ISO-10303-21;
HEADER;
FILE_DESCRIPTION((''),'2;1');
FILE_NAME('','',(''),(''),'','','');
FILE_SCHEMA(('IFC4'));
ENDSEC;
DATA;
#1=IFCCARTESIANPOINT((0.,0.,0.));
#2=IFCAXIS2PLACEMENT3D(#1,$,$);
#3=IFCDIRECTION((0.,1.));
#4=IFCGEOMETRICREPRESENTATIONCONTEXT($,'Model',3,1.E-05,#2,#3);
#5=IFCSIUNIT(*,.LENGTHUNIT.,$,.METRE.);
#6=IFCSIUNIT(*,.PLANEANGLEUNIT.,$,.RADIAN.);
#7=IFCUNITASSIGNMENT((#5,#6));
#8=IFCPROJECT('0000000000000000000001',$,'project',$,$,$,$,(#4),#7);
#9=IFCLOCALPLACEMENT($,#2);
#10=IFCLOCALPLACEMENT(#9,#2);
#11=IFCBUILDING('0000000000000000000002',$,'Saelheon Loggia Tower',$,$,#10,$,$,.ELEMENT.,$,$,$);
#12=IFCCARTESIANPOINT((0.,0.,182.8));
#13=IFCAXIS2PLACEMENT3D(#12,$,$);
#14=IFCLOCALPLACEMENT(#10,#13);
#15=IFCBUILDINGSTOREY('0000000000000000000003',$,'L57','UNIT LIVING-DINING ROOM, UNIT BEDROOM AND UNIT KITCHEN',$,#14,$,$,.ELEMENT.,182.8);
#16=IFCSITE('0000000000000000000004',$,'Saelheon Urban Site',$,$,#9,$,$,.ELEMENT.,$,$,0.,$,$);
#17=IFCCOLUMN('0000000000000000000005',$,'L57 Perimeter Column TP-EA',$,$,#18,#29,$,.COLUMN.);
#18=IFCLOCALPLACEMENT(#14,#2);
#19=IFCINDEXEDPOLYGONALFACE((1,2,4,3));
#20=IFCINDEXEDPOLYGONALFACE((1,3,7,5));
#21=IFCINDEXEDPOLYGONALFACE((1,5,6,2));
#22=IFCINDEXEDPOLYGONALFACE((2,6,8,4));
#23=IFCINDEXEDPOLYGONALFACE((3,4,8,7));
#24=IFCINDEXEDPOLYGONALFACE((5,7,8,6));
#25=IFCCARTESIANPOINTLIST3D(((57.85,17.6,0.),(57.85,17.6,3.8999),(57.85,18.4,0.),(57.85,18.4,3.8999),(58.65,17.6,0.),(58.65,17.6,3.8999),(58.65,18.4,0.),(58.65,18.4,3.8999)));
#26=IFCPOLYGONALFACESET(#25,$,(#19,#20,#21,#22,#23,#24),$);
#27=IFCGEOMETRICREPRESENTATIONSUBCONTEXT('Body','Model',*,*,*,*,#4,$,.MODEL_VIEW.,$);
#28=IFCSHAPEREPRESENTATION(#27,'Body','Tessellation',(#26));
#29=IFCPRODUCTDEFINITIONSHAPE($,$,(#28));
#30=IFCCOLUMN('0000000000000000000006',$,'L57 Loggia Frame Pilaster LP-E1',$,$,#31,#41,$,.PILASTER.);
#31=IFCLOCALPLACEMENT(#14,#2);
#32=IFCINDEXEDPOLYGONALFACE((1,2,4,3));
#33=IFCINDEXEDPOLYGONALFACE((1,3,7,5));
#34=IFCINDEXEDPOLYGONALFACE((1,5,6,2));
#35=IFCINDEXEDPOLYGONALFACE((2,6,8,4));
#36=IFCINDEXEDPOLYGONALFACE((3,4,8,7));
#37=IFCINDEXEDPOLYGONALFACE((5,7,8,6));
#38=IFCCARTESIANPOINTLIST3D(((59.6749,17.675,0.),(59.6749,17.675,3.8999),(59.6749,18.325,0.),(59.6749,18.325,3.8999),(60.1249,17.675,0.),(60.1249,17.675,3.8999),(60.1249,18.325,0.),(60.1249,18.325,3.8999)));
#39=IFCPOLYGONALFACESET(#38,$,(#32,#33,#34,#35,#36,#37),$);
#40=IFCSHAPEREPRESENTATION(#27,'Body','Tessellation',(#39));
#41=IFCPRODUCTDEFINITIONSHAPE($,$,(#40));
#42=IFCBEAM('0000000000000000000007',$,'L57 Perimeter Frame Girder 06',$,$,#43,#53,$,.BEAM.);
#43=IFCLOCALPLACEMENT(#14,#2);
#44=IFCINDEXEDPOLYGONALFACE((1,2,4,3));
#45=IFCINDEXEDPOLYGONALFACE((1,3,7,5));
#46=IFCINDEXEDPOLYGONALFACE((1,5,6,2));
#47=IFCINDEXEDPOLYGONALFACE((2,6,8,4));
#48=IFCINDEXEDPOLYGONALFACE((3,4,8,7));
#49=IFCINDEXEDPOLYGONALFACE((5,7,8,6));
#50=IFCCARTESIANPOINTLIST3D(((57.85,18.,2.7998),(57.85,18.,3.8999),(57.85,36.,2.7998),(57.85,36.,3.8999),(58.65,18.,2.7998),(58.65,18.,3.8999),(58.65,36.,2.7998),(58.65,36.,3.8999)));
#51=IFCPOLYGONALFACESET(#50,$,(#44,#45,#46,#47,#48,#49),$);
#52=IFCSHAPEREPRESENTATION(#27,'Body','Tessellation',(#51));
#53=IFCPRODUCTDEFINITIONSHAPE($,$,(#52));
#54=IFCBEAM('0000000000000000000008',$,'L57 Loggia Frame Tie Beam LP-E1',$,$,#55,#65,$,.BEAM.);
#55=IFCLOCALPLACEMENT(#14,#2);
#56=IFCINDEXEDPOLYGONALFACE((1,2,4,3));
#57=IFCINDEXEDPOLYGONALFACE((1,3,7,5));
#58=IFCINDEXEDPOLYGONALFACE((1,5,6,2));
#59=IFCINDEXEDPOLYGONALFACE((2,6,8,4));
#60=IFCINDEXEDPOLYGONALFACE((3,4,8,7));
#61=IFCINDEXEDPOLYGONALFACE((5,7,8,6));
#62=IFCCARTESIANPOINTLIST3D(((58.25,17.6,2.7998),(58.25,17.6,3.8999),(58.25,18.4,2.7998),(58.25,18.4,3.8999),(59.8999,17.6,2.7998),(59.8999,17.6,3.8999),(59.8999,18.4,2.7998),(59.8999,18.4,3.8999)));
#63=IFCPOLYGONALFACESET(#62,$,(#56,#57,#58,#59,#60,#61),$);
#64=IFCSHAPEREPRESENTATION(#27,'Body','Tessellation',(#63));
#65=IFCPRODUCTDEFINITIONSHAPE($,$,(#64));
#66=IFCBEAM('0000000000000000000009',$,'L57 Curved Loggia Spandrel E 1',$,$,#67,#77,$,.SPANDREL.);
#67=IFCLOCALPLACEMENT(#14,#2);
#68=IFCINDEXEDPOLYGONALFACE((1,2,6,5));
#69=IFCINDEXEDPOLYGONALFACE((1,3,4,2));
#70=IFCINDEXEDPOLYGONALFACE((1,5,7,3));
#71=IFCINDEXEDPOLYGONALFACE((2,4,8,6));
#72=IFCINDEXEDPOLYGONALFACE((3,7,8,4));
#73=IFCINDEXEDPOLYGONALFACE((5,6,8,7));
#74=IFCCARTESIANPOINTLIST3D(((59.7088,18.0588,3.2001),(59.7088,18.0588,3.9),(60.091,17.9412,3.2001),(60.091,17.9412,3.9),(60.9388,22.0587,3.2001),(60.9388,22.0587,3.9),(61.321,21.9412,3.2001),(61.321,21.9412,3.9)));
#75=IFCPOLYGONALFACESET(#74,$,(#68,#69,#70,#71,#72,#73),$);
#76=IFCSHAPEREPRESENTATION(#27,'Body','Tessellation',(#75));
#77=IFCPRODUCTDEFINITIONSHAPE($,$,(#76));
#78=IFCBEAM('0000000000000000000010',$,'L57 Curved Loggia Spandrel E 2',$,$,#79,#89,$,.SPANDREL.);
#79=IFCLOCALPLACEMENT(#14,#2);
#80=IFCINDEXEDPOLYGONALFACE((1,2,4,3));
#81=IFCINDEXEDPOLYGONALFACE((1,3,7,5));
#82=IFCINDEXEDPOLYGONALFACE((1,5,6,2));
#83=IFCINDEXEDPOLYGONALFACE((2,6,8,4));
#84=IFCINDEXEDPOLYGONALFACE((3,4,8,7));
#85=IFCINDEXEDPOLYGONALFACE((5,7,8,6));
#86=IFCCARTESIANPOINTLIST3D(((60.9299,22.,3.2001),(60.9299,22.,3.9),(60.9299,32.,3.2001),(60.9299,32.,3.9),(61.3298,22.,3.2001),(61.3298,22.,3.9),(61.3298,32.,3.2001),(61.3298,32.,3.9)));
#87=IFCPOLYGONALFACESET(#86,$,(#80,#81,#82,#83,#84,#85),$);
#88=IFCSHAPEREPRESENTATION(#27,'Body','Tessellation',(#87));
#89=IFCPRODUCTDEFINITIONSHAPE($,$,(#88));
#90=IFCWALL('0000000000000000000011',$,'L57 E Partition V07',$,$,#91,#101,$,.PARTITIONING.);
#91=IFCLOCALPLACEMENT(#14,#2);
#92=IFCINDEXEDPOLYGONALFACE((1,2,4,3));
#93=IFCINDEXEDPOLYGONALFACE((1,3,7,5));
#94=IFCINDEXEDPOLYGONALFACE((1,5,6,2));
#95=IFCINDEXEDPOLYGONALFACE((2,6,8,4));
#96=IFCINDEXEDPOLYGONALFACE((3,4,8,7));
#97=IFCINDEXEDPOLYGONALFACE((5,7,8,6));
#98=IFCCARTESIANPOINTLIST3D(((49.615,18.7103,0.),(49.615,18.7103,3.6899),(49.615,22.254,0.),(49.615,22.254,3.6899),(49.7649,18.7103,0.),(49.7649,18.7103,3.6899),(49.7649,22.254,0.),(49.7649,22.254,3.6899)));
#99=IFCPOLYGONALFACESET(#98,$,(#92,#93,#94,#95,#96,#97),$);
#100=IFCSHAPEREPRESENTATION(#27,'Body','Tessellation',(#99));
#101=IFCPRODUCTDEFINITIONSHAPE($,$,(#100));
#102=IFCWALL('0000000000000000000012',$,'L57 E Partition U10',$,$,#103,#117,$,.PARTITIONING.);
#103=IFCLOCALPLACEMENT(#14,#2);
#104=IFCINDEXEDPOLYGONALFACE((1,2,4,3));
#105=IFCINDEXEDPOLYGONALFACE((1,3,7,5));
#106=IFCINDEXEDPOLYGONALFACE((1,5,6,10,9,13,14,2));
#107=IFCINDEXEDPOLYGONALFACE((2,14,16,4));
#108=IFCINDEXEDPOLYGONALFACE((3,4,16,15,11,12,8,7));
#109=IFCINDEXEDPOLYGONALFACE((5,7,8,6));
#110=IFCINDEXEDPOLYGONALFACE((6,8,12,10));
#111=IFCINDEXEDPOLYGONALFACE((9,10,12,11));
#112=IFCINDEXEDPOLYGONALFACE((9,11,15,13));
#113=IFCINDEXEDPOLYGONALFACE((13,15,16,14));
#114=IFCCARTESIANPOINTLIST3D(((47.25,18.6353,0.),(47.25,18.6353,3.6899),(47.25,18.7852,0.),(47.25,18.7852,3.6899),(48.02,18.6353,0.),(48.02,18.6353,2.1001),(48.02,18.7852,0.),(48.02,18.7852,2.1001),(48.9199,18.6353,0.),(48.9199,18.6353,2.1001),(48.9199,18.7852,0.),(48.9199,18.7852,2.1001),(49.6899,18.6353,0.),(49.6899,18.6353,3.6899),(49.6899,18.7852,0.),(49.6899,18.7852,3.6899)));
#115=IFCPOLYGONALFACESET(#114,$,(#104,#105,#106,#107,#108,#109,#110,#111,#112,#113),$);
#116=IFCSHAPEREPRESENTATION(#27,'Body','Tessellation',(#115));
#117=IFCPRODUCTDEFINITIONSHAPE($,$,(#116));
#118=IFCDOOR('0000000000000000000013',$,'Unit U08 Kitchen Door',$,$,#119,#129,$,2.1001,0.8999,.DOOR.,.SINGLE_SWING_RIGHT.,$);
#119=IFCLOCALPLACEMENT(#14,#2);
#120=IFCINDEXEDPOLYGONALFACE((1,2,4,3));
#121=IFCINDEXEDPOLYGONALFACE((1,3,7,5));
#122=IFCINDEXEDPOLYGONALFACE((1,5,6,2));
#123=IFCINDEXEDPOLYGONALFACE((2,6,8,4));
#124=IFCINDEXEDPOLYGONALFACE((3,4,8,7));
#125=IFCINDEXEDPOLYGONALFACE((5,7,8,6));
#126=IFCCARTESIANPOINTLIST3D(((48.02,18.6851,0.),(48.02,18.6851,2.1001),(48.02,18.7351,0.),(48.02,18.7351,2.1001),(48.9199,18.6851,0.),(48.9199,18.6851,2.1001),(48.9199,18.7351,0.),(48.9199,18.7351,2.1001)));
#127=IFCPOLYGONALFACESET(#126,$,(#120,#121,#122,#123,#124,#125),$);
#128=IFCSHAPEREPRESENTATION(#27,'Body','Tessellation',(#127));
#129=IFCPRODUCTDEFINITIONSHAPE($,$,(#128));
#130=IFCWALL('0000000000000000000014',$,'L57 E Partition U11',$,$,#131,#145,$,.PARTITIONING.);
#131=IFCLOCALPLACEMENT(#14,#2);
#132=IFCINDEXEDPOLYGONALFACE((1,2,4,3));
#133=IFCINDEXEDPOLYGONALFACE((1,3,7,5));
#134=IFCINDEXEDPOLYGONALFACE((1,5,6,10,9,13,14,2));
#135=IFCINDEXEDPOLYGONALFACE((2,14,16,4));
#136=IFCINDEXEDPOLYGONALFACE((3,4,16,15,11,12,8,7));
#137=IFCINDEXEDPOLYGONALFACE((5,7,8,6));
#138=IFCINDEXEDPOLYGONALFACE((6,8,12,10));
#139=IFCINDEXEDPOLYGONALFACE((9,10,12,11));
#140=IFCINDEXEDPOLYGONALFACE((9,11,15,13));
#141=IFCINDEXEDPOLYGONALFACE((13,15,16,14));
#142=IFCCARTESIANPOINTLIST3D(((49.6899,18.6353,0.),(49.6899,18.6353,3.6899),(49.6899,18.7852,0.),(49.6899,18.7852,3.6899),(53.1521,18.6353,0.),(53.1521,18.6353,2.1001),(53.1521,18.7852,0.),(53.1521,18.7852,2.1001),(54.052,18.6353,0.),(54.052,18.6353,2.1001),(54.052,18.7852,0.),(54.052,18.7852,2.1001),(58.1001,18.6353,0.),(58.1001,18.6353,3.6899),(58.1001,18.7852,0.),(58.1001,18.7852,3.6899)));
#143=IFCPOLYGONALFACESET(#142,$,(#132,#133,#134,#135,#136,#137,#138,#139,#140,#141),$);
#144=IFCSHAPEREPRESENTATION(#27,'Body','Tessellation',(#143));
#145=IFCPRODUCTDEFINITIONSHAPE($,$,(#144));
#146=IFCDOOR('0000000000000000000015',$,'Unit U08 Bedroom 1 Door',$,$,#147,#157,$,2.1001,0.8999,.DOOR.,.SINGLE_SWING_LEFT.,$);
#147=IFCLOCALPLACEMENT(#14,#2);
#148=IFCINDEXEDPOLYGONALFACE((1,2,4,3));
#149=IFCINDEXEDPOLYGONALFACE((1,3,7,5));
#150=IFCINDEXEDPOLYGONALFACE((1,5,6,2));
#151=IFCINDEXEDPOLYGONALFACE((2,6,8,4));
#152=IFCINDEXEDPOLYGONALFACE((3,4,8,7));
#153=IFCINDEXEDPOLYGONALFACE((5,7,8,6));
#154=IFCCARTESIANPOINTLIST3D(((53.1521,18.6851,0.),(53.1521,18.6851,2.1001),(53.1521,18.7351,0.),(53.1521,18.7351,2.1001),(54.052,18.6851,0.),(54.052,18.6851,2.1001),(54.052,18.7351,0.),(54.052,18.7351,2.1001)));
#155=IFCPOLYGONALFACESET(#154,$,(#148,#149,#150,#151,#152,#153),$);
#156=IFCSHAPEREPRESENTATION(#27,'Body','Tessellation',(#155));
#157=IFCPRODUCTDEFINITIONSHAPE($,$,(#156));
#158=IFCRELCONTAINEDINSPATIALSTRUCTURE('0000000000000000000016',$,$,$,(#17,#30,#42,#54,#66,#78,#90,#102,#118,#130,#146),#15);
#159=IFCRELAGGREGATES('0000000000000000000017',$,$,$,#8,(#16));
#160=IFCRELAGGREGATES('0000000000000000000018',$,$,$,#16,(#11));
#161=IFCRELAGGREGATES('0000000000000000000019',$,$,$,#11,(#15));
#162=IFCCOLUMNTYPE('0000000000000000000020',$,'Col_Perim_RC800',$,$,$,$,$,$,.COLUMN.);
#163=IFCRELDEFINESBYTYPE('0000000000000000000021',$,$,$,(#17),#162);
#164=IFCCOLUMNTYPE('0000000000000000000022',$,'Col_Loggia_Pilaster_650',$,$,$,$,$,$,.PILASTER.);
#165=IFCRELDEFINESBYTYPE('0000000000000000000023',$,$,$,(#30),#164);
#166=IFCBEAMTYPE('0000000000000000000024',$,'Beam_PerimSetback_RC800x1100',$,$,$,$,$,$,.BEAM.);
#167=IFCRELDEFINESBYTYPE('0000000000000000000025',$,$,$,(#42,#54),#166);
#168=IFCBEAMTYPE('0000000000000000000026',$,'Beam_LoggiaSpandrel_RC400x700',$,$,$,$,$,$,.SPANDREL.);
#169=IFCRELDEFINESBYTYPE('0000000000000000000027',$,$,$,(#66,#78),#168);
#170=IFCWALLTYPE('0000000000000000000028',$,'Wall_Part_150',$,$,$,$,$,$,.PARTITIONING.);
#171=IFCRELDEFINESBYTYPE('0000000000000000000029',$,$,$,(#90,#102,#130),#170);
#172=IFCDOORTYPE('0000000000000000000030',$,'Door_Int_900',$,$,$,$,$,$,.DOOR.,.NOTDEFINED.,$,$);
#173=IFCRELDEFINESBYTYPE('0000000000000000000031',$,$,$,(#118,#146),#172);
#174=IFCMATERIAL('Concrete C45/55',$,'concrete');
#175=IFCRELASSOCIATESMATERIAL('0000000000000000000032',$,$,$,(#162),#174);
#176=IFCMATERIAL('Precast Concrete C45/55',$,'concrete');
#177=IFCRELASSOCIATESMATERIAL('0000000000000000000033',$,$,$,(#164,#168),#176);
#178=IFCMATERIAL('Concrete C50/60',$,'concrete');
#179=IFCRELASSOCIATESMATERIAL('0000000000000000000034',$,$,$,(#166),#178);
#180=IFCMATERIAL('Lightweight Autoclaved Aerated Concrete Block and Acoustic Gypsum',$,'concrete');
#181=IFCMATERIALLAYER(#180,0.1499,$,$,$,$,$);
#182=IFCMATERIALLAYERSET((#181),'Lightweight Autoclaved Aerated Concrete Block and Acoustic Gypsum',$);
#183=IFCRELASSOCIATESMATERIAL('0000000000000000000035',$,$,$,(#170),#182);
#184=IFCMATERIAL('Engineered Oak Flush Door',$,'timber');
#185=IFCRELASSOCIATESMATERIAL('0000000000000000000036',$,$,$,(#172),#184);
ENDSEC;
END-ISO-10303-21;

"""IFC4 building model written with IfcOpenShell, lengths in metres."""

from ifc_helpers import new_model, si_unit, direction, frame, frame_2d, origin, origin_2d, place, context, subcontext, project, spatial, rectangle, extrude, source, transform, mapped, material, layer, layer_set, material_profile, profile_set, type_object, element, fill, save


model = new_model("IFC4")

# Units and contexts
model_context = context("Model", 3, precision=1e-05, world=origin(), true_north=direction((0.0, 1.0)))
body_context = subcontext(model_context, "Body", "Model", "MODEL_VIEW")
ifc_project = project(units=[si_unit("LENGTHUNIT", "METRE"), si_unit("PLANEANGLEUNIT", "RADIAN")], contexts=[model_context])

# Site, building, storey
site_placement = place(None, origin())
site = spatial("IfcSite", under=ifc_project, at=site_placement, Name="Saelheon Urban Site", CompositionType="ELEMENT", RefElevation=0.0)
building_placement = place(site_placement, origin())
building = spatial("IfcBuilding", under=site, at=building_placement, Name="Saelheon Loggia Tower", CompositionType="ELEMENT")
storey_placement = place(building_placement, frame((0.0, 0.0, 182.8)))
storey = spatial("IfcBuildingStorey", under=building, at=storey_placement, Name="L57", Description="UNIT LIVING-DINING ROOM, UNIT BEDROOM AND UNIT KITCHEN", CompositionType="ELEMENT", Elevation=182.8)

# Columns
ifc_material_1 = material(Name="Concrete C45/55", Category="concrete")
ifc_material_profile_1 = material_profile(ifc_material_1, rectangle(XDim=0.8, YDim=0.8, at=origin_2d()), Name="RC-800x800")
ifc_profile_set_1 = profile_set([ifc_material_profile_1], Name="Concrete C45/55")
column_type_1 = type_object("IfcColumnType", Name="Col_Perim_RC800", PredefinedType="COLUMN", material=ifc_profile_set_1)
shared_shape_1 = source(origin(), body_context, "Body", "SweptSolid", [
    extrude(rectangle(XDim=0.8, YDim=0.8, at=origin_2d()), origin(), (0.0, 0.0, 1.0), 3.8999),
])
column_1_placement = place(storey_placement, frame((58.25, 18.0, 0.0), z_axis=(0.0, 0.0, 1.0), x_axis=(1.0, 0.0, 0.0)))
element("IfcColumn", 1, at=column_1_placement, inside=storey, type_object=column_type_1, Name="L57 Perimeter Column TP-EA", PredefinedType="COLUMN", context=body_context, shape_type="MappedRepresentation", body=[
    mapped(shared_shape_1, transform((0.0, 0.0, 0.0), scale=1.0)),
])
ifc_material_2 = material(Name="Precast Concrete C45/55", Category="concrete")
ifc_material_profile_2 = material_profile(ifc_material_2, rectangle(XDim=0.45, YDim=0.6499, at=origin_2d()), Name="RC-450x650")
ifc_profile_set_2 = profile_set([ifc_material_profile_2], Name="Precast Concrete C45/55")
column_type_2 = type_object("IfcColumnType", Name="Col_Loggia_Pilaster_650", PredefinedType="PILASTER", material=ifc_profile_set_2)
shared_shape_2 = source(origin(), body_context, "Body", "SweptSolid", [
    extrude(rectangle(XDim=0.45, YDim=0.6499, at=origin_2d()), origin(), (0.0, 0.0, 1.0), 3.8999),
])
column_2_placement = place(storey_placement, frame((59.8999, 18.0, 0.0), z_axis=(0.0, 0.0, 1.0), x_axis=(1.0, 0.0, 0.0)))
element("IfcColumn", 2, at=column_2_placement, inside=storey, type_object=column_type_2, Name="L57 Loggia Frame Pilaster LP-E1", PredefinedType="PILASTER", context=body_context, shape_type="MappedRepresentation", body=[
    mapped(shared_shape_2, transform((0.0, 0.0, 0.0), scale=1.0)),
])

# Beams
ifc_material_3 = material(Name="Concrete C50/60", Category="concrete")
ifc_material_profile_3 = material_profile(ifc_material_3, rectangle(XDim=0.8, YDim=1.1001, at=origin_2d()), Name="RC-800x1100")
ifc_profile_set_3 = profile_set([ifc_material_profile_3], Name="Concrete C50/60")
beam_type_1 = type_object("IfcBeamType", Name="Beam_PerimSetback_RC800x1100", PredefinedType="BEAM", material=ifc_profile_set_3)
shared_shape_3 = source(origin(), body_context, "Body", "SweptSolid", [
    extrude(rectangle(XDim=0.8, YDim=1.1001, at=origin_2d()), origin(), (0.0, 0.0, 1.0), 18.0),
])
beam_1_placement = place(storey_placement, frame((58.25, 18.0, 3.3499), z_axis=(0.0, 1.0, 0.0), x_axis=(-1.0, 0.0, 0.0)))
element("IfcBeam", 3, at=beam_1_placement, inside=storey, type_object=beam_type_1, Name="L57 Perimeter Frame Girder 06", PredefinedType="BEAM", context=body_context, shape_type="MappedRepresentation", body=[
    mapped(shared_shape_3, transform((0.0, 0.0, 0.0), scale=1.0)),
])
shared_shape_4 = source(origin(), body_context, "Body", "SweptSolid", [
    extrude(rectangle(XDim=0.8, YDim=1.1001, at=origin_2d()), origin(), (0.0, 0.0, 1.0), 1.6499),
])
beam_2_placement = place(storey_placement, frame((58.25, 18.0, 3.3499), z_axis=(1.0, 0.0, 0.0), x_axis=(0.0, 1.0, 0.0)))
element("IfcBeam", 4, at=beam_2_placement, inside=storey, type_object=beam_type_1, Name="L57 Loggia Frame Tie Beam LP-E1", PredefinedType="BEAM", context=body_context, shape_type="MappedRepresentation", body=[
    mapped(shared_shape_4, transform((0.0, 0.0, 0.0), scale=1.0)),
])
ifc_material_profile_4 = material_profile(ifc_material_2, rectangle(XDim=0.3999, YDim=0.7, at=origin_2d()), Name="RC-400x700")
ifc_profile_set_4 = profile_set([ifc_material_profile_4], Name="Precast Concrete C45/55")
beam_type_2 = type_object("IfcBeamType", Name="Beam_LoggiaSpandrel_RC400x700", PredefinedType="SPANDREL", material=ifc_profile_set_4)
shared_shape_5 = source(origin(), body_context, "Body", "SweptSolid", [
    extrude(rectangle(XDim=0.3999, YDim=0.7, at=origin_2d()), origin(), (0.0, 0.0, 1.0), 4.1848),
])
beam_3_placement = place(storey_placement, frame((59.8999, 18.0, 3.55), z_axis=(0.293914, 0.955832, 0.0), x_axis=(-0.955832, 0.293914, 0.0)))
element("IfcBeam", 5, at=beam_3_placement, inside=storey, type_object=beam_type_2, Name="L57 Curved Loggia Spandrel E 1", PredefinedType="SPANDREL", context=body_context, shape_type="MappedRepresentation", body=[
    mapped(shared_shape_5, transform((0.0, 0.0, 0.0), scale=1.0)),
])
shared_shape_6 = source(origin(), body_context, "Body", "SweptSolid", [
    extrude(rectangle(XDim=0.3999, YDim=0.7, at=origin_2d()), origin(), (0.0, 0.0, 1.0), 10.0),
])
beam_4_placement = place(storey_placement, frame((61.1299, 22.0, 3.55), z_axis=(0.0, 1.0, 0.0), x_axis=(-1.0, 0.0, 0.0)))
element("IfcBeam", 6, at=beam_4_placement, inside=storey, type_object=beam_type_2, Name="L57 Curved Loggia Spandrel E 2", PredefinedType="SPANDREL", context=body_context, shape_type="MappedRepresentation", body=[
    mapped(shared_shape_6, transform((0.0, 0.0, 0.0), scale=1.0)),
])

# Wall
ifc_material_4 = material(Name="Lightweight Autoclaved Aerated Concrete Block and Acoustic Gypsum", Category="concrete")
ifc_layer_1 = layer(ifc_material_4, 0.1499)
ifc_layer_set_1 = layer_set([ifc_layer_1], Name="Lightweight Autoclaved Aerated Concrete Block and Acoustic Gypsum")
wall_type_1 = type_object("IfcWallType", Name="Wall_Part_150", PredefinedType="PARTITIONING", material=ifc_layer_set_1)
wall_1_placement = place(storey_placement, frame((49.6899, 18.7102, 0.0), z_axis=(0.0, 0.0, 1.0), x_axis=(0.0, 1.0, 0.0)))
element("IfcWall", 7, at=wall_1_placement, inside=storey, type_object=wall_type_1, Name="L57 E Partition V07", PredefinedType="PARTITIONING", context=body_context, shape_type="SweptSolid", body=[
    extrude(rectangle(XDim=3.5437, YDim=0.1499, at=frame_2d((1.772, 0.0))), origin(), (0.0, 0.0, 1.0), 3.6899),
])

# Walls, openings, doors
wall_2_placement = place(storey_placement, frame((47.25, 18.7102, 0.0), z_axis=(0.0, 0.0, 1.0), x_axis=(1.0, 0.0, 0.0)))
wall_2 = element("IfcWall", 8, at=wall_2_placement, inside=storey, type_object=wall_type_1, Name="L57 E Partition U10", PredefinedType="PARTITIONING", context=body_context, shape_type="SweptSolid", body=[
    extrude(rectangle(XDim=2.4399, YDim=0.1499, at=frame_2d((1.22, 0.0))), origin(), (0.0, 0.0, 1.0), 3.6899),
])
opening_1_placement = place(wall_2_placement, frame((0.77, 0.0, 0.0)))
opening_1 = element("IfcOpeningElement", 9, at=opening_1_placement, cuts=wall_2, PredefinedType="OPENING", context=body_context, shape_type="SweptSolid", body=[
    extrude(rectangle(XDim=0.8999, YDim=2.1001, at=frame_2d((0.45, 1.05))), frame((0.0, 0.0869, 0.0), z_axis=(0.0, -1.0, 0.0), x_axis=(1.0, 0.0, 0.0)), (0.0, 0.0, 1.0), 0.1738),
])
ifc_material_5 = material(Name="Engineered Oak Flush Door", Category="timber")
door_type_1 = type_object("IfcDoorType", Name="Door_Int_900", OperationType="NOTDEFINED", PredefinedType="DOOR", material=ifc_material_5)
shared_shape_7 = source(origin(), body_context, "Body", "SweptSolid", [
    extrude(rectangle(XDim=0.8999, YDim=2.1001, at=frame_2d((0.45, 1.05))), frame((0.0, 0.0249, 0.0), z_axis=(0.0, -1.0, 0.0), x_axis=(1.0, 0.0, 0.0)), (0.0, 0.0, 1.0), 0.05),
])
door_1_placement = place(opening_1_placement, origin())
door_1 = element("IfcDoor", 10, at=door_1_placement, inside=storey, type_object=door_type_1, Name="Unit U08 Kitchen Door", OperationType="SINGLE_SWING_RIGHT", OverallHeight=2.1001, OverallWidth=0.8999, PredefinedType="DOOR", context=body_context, shape_type="MappedRepresentation", body=[
    mapped(shared_shape_7, transform((0.0, 0.0, 0.0), scale=1.0)),
])
fill(opening_1, door_1)
wall_3_placement = place(storey_placement, frame((49.6899, 18.7102, 0.0), z_axis=(0.0, 0.0, 1.0), x_axis=(1.0, 0.0, 0.0)))
wall_3 = element("IfcWall", 11, at=wall_3_placement, inside=storey, type_object=wall_type_1, Name="L57 E Partition U11", PredefinedType="PARTITIONING", context=body_context, shape_type="SweptSolid", body=[
    extrude(rectangle(XDim=8.4102, YDim=0.1499, at=frame_2d((4.2051, 0.0))), origin(), (0.0, 0.0, 1.0), 3.6899),
])
opening_2_placement = place(wall_3_placement, frame((3.4622, 0.0, 0.0)))
opening_2 = element("IfcOpeningElement", 12, at=opening_2_placement, cuts=wall_3, PredefinedType="OPENING", context=body_context, shape_type="SweptSolid", body=[
    extrude(rectangle(XDim=0.8999, YDim=2.1001, at=frame_2d((0.45, 1.05))), frame((0.0, 0.0869, 0.0), z_axis=(0.0, -1.0, 0.0), x_axis=(1.0, 0.0, 0.0)), (0.0, 0.0, 1.0), 0.1738),
])
door_2_placement = place(opening_2_placement, origin())
door_2 = element("IfcDoor", 13, at=door_2_placement, inside=storey, type_object=door_type_1, Name="Unit U08 Bedroom 1 Door", OperationType="SINGLE_SWING_LEFT", OverallHeight=2.1001, OverallWidth=0.8999, PredefinedType="DOOR", context=body_context, shape_type="MappedRepresentation", body=[
    mapped(shared_shape_7, transform((0.0, 0.0, 0.0), scale=1.0)),
])
fill(opening_2, door_2)

save(model, "model.ifc")
